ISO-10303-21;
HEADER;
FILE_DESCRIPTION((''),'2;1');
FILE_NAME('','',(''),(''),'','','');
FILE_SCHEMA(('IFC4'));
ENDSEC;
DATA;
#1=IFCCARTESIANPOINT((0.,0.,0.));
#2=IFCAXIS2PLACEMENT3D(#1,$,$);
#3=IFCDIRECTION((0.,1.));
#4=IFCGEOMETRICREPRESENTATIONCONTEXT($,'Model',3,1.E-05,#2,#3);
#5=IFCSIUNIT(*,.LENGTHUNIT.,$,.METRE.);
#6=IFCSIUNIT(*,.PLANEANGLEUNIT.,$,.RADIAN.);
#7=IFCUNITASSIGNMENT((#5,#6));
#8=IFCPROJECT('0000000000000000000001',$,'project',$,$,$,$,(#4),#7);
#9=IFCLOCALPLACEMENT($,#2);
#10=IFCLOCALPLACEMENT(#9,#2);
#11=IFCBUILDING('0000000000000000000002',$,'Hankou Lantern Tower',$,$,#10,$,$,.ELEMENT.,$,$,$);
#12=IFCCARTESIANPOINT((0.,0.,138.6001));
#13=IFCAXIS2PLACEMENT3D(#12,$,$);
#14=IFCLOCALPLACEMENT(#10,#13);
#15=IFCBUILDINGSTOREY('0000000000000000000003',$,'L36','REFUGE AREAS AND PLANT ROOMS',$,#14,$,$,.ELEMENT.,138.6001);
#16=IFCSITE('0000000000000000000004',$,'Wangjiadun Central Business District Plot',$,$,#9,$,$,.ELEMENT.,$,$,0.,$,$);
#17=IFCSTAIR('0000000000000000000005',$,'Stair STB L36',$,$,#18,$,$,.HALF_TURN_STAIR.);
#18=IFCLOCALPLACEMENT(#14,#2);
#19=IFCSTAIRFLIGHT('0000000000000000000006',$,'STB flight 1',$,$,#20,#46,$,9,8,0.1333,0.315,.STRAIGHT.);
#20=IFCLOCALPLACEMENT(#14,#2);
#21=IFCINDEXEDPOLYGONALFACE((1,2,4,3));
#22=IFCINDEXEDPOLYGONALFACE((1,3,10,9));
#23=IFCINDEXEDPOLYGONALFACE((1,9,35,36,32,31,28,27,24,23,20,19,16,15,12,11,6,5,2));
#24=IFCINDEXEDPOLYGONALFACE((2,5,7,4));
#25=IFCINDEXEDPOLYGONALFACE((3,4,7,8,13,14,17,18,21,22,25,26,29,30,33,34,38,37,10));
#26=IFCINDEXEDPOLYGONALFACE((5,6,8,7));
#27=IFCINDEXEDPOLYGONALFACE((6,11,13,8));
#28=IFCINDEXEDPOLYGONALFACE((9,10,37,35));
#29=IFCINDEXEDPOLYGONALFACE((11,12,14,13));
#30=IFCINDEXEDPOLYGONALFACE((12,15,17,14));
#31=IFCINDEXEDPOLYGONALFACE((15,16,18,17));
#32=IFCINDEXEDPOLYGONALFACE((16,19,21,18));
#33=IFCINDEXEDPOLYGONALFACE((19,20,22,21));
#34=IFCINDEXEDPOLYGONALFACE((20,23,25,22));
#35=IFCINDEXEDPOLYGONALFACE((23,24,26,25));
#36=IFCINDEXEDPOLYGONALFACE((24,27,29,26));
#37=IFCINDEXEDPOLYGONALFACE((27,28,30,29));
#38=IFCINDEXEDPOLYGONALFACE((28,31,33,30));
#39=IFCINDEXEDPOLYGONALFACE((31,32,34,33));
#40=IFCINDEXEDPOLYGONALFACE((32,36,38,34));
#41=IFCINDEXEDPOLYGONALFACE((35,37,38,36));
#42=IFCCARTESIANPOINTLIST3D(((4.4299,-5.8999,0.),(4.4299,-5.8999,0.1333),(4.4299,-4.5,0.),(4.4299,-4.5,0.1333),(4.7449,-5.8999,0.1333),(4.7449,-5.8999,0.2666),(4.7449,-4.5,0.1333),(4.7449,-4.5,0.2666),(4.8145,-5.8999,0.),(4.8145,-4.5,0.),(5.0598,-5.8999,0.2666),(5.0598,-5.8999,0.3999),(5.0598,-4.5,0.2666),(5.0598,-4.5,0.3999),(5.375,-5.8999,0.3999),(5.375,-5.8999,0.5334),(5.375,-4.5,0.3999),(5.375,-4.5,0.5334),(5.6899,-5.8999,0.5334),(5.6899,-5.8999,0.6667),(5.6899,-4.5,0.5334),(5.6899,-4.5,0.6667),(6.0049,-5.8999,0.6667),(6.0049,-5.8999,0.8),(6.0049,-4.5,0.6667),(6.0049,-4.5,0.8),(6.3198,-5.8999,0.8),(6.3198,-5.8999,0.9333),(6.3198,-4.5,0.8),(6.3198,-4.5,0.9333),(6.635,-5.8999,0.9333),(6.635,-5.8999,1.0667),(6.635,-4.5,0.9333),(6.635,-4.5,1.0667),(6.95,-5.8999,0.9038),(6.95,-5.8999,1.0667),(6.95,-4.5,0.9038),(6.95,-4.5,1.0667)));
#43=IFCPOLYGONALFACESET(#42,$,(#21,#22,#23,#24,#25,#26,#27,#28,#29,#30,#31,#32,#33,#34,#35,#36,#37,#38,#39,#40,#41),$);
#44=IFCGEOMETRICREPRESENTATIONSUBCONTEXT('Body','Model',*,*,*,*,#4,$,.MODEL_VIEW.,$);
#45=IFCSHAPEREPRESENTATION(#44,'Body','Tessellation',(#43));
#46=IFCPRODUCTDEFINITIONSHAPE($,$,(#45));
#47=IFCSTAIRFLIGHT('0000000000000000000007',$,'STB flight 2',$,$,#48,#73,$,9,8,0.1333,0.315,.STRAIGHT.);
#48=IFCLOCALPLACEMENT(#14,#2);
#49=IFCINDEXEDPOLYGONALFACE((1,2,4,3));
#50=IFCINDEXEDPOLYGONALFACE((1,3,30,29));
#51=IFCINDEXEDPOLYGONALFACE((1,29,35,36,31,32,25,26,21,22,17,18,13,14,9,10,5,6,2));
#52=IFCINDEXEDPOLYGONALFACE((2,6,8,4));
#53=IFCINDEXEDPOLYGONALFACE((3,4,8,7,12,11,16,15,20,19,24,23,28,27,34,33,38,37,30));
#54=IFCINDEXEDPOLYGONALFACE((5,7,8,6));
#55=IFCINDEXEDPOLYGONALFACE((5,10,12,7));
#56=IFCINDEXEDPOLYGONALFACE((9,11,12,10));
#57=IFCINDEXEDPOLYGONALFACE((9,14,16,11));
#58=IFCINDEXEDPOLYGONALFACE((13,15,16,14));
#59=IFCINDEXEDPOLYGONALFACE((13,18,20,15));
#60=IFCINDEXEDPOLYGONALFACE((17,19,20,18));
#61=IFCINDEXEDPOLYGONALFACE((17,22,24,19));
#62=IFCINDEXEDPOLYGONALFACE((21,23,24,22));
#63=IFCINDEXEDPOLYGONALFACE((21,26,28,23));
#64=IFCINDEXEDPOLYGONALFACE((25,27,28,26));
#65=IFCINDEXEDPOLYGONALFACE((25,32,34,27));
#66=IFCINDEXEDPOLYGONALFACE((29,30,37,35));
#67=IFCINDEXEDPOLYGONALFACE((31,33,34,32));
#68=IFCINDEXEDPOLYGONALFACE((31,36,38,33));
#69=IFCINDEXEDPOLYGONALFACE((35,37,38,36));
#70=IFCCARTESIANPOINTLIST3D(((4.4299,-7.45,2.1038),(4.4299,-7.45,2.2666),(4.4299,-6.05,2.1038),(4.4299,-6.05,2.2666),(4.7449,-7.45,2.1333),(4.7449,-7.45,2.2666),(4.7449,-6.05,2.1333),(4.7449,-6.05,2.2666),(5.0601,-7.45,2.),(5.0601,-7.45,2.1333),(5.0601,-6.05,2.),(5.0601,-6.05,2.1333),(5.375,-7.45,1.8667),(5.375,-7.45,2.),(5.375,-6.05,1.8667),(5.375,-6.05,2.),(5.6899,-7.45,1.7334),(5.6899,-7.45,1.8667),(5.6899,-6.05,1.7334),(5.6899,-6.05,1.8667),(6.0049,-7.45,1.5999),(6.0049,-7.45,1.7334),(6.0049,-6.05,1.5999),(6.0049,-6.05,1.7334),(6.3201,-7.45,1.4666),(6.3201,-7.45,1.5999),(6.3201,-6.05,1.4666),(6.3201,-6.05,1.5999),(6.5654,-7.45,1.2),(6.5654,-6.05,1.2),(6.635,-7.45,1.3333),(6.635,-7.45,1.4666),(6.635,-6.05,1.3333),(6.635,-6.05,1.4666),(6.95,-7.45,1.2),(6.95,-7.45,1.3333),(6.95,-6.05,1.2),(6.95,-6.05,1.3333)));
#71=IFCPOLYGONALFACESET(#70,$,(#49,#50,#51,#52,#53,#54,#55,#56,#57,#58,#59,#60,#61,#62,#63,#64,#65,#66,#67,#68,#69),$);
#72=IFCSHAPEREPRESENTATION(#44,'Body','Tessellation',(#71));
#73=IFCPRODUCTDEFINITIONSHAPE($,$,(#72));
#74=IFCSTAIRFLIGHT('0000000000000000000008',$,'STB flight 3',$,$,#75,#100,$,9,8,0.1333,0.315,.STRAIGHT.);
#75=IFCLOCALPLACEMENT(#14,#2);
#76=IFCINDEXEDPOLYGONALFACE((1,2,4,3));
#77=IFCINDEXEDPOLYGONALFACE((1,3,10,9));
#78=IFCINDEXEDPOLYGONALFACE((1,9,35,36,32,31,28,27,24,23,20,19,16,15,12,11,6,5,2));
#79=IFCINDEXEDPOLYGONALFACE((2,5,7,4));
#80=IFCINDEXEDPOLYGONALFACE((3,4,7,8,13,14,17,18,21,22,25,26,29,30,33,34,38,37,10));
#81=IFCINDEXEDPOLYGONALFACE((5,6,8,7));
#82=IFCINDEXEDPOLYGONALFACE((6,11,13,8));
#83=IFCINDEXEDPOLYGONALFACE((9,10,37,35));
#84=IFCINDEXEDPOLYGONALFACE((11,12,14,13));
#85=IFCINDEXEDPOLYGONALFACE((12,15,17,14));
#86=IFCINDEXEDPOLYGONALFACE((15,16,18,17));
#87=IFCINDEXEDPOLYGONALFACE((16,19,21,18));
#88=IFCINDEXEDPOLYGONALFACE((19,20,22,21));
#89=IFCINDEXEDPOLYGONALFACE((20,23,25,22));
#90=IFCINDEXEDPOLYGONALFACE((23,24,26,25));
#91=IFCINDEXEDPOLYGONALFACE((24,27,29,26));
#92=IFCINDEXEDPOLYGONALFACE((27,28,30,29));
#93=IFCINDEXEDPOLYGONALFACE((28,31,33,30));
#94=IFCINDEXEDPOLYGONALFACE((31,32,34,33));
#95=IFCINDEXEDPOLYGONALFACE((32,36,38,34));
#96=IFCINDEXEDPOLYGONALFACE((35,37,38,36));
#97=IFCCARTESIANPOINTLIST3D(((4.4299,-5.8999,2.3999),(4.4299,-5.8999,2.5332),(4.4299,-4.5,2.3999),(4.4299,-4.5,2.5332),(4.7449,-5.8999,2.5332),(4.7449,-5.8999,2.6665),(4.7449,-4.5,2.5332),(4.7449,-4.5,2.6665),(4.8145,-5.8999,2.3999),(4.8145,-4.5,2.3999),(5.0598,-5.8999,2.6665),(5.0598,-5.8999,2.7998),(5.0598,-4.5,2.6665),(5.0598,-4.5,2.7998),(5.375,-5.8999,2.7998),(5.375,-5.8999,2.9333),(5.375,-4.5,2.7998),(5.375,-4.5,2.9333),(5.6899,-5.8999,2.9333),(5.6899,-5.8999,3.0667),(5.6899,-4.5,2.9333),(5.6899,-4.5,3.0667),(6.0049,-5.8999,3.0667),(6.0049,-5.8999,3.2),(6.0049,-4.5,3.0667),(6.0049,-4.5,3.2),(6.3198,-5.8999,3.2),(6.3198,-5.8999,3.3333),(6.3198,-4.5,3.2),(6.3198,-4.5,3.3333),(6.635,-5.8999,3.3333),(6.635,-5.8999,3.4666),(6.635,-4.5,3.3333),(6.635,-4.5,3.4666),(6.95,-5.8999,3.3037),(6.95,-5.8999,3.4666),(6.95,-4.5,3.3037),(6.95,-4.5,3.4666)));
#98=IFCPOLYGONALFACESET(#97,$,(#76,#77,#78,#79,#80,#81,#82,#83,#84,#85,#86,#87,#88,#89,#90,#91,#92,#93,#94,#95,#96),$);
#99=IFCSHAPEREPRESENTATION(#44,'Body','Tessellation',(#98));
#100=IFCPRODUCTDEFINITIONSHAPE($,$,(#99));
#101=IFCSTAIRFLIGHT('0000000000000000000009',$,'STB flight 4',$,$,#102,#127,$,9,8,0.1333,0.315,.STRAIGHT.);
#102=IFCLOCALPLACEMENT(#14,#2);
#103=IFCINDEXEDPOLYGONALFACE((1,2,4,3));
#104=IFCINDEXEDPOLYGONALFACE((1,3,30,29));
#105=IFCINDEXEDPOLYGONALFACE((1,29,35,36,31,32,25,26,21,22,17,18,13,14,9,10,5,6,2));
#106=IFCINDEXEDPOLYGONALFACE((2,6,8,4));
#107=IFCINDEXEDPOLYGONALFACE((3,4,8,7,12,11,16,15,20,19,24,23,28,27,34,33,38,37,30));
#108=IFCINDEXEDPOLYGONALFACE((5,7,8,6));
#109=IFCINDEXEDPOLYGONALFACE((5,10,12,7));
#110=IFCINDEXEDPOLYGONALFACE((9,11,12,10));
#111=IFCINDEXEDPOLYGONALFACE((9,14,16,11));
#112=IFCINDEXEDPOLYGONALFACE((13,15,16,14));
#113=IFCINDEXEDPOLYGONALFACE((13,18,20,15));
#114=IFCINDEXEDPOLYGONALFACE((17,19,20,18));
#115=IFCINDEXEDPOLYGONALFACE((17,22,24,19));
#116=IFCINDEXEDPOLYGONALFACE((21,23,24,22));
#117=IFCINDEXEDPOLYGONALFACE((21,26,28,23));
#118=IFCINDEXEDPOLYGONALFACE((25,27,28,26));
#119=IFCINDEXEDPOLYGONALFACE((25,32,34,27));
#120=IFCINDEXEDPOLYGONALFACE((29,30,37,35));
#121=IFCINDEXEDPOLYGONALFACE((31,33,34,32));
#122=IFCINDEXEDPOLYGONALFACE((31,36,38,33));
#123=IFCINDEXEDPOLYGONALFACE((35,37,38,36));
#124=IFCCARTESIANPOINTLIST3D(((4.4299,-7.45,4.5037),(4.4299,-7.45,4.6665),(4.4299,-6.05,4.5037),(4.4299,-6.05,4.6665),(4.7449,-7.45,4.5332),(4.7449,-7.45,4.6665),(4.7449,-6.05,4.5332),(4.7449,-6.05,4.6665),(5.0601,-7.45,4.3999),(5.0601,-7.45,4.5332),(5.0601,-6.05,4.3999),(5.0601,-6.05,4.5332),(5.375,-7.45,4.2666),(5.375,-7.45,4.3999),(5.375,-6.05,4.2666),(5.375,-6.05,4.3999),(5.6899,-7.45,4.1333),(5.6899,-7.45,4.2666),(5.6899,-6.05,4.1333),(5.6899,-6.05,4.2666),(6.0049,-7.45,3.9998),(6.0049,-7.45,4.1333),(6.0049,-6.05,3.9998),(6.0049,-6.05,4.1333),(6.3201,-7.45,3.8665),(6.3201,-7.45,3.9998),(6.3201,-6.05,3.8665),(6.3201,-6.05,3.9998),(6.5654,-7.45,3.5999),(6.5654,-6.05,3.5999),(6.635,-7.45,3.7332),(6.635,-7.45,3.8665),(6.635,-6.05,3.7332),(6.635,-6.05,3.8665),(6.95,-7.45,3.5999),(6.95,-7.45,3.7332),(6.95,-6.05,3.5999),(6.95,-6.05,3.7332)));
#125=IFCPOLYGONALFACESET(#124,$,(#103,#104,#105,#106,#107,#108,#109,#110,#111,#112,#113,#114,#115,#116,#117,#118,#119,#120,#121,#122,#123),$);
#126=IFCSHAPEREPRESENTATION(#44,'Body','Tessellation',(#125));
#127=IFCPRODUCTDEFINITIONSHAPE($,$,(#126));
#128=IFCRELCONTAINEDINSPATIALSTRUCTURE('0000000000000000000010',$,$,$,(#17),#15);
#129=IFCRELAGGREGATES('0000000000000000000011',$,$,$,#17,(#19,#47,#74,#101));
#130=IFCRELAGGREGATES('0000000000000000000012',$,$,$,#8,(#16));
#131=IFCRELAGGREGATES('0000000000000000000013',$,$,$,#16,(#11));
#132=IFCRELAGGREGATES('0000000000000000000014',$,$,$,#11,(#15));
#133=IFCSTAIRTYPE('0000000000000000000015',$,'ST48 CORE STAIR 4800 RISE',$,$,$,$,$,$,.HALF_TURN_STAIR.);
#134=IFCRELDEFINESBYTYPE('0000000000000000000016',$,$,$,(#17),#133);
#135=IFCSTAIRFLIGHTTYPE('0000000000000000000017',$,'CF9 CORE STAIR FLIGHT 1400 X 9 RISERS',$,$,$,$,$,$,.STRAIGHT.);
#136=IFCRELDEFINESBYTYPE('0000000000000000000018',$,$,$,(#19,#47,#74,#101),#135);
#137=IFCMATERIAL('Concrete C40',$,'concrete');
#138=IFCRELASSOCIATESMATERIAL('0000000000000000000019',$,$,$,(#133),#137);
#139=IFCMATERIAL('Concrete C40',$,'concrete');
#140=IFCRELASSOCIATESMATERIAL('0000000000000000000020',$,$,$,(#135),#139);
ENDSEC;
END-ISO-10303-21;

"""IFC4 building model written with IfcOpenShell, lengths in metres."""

from ifc_helpers import new_model, si_unit, direction, frame, origin, place, context, subcontext, project, spatial, polyline, outline, extrude, material, type_object, element, aggregate, save


model = new_model("IFC4")

# Units and contexts
model_context = context("Model", 3, precision=1e-05, world=origin(), true_north=direction((0.0, 1.0)))
body_context = subcontext(model_context, "Body", "Model", "MODEL_VIEW")
ifc_project = project(units=[si_unit("LENGTHUNIT", "METRE"), si_unit("PLANEANGLEUNIT", "RADIAN")], contexts=[model_context])

# Site, building, storey
site_placement = place(None, origin())
site = spatial("IfcSite", under=ifc_project, at=site_placement, Name="Wangjiadun Central Business District Plot", CompositionType="ELEMENT", RefElevation=0.0)
building_placement = place(site_placement, origin())
building = spatial("IfcBuilding", under=site, at=building_placement, Name="Hankou Lantern Tower", CompositionType="ELEMENT")
storey_placement = place(building_placement, frame((0.0, 0.0, 138.6001)))
storey = spatial("IfcBuildingStorey", under=building, at=storey_placement, Name="L36", Description="REFUGE AREAS AND PLANT ROOMS", CompositionType="ELEMENT", Elevation=138.6001)

# Shared definitions
ifc_material_1 = material(Name="Concrete C40", Category="concrete")
stair_type = type_object("IfcStairType", Name="ST48 CORE STAIR 4800 RISE", PredefinedType="HALF_TURN_STAIR", material=ifc_material_1)

# Stair, stair flights
stair_1_placement = place(storey_placement, origin())
stair_1 = element("IfcStair", 1, at=stair_1_placement, inside=storey, type_object=stair_type, Name="Stair STB L36", PredefinedType="HALF_TURN_STAIR")
ifc_material_2 = material(Name="Concrete C40", Category="concrete")
stair_flight_type = type_object("IfcStairFlightType", Name="CF9 CORE STAIR FLIGHT 1400 X 9 RISERS", PredefinedType="STRAIGHT", material=ifc_material_2)
stair_flight_1_placement = place(storey_placement, frame((4.4299, -5.2, 0.0), z_axis=(0.0, 0.0, 1.0), x_axis=(1.0, 0.0, 0.0)))
stair_flight_1 = element("IfcStairFlight", 2, at=stair_flight_1_placement, type_object=stair_flight_type, Name="STB flight 1", NumberOfRisers=9, NumberOfTreads=8, PredefinedType="STRAIGHT", RiserHeight=0.1333, TreadLength=0.315, context=body_context, shape_type="SweptSolid", body=[
    extrude(outline(polyline([(0.0, 0.0), (0.0, 0.1333), (0.3149, 0.1333), (0.3149, 0.2666), (0.6299, 0.2666), (0.6299, 0.3999), (0.9451, 0.3999), (0.9451, 0.5334), (1.26, 0.5334), (1.26, 0.6667), (1.575, 0.6667), (1.575, 0.8), (1.8899, 0.8), (1.8899, 0.9333), (2.2051, 0.9333), (2.2051, 1.0667), (2.52, 1.0667), (2.52, 1.2), (2.52, 0.9038), (0.3845, 0.0), (0.0, 0.0)])), frame((0.0, 0.7, 0.0), z_axis=(0.0, -1.0, 0.0), x_axis=(1.0, 0.0, 0.0)), (0.0, 0.0, 1.0), 1.3999),
])
stair_flight_2_placement = place(storey_placement, frame((6.95, -6.75, 1.2), z_axis=(0.0, 0.0, 1.0), x_axis=(-1.0, 0.0, 0.0)))
stair_flight_2 = element("IfcStairFlight", 3, at=stair_flight_2_placement, type_object=stair_flight_type, Name="STB flight 2", NumberOfRisers=9, NumberOfTreads=8, PredefinedType="STRAIGHT", RiserHeight=0.1333, TreadLength=0.315, context=body_context, shape_type="SweptSolid", body=[
    extrude(outline(polyline([(0.0, 0.0), (0.0, 0.1333), (0.3149, 0.1333), (0.3149, 0.2666), (0.6299, 0.2666), (0.6299, 0.3999), (0.9451, 0.3999), (0.9451, 0.5334), (1.26, 0.5334), (1.26, 0.6667), (1.575, 0.6667), (1.575, 0.8), (1.8899, 0.8), (1.8899, 0.9333), (2.2051, 0.9333), (2.2051, 1.0667), (2.52, 1.0667), (2.52, 1.2), (2.52, 0.9038), (0.3845, 0.0), (0.0, 0.0)])), frame((0.0, 0.7, 0.0), z_axis=(0.0, -1.0, 0.0), x_axis=(1.0, 0.0, 0.0)), (0.0, 0.0, 1.0), 1.3999),
])
stair_flight_3_placement = place(storey_placement, frame((4.4299, -5.2, 2.3999), z_axis=(0.0, 0.0, 1.0), x_axis=(1.0, 0.0, 0.0)))
stair_flight_3 = element("IfcStairFlight", 4, at=stair_flight_3_placement, type_object=stair_flight_type, Name="STB flight 3", NumberOfRisers=9, NumberOfTreads=8, PredefinedType="STRAIGHT", RiserHeight=0.1333, TreadLength=0.315, context=body_context, shape_type="SweptSolid", body=[
    extrude(outline(polyline([(0.0, 0.0), (0.0, 0.1333), (0.3149, 0.1333), (0.3149, 0.2666), (0.6299, 0.2666), (0.6299, 0.3999), (0.9451, 0.3999), (0.9451, 0.5334), (1.26, 0.5334), (1.26, 0.6667), (1.575, 0.6667), (1.575, 0.8), (1.8899, 0.8), (1.8899, 0.9333), (2.2051, 0.9333), (2.2051, 1.0667), (2.52, 1.0667), (2.52, 1.2), (2.52, 0.9038), (0.3845, 0.0), (0.0, 0.0)])), frame((0.0, 0.7, 0.0), z_axis=(0.0, -1.0, 0.0), x_axis=(1.0, 0.0, 0.0)), (0.0, 0.0, 1.0), 1.3999),
])
stair_flight_4_placement = place(storey_placement, frame((6.95, -6.75, 3.5999), z_axis=(0.0, 0.0, 1.0), x_axis=(-1.0, 0.0, 0.0)))
stair_flight_4 = element("IfcStairFlight", 5, at=stair_flight_4_placement, type_object=stair_flight_type, Name="STB flight 4", NumberOfRisers=9, NumberOfTreads=8, PredefinedType="STRAIGHT", RiserHeight=0.1333, TreadLength=0.315, context=body_context, shape_type="SweptSolid", body=[
    extrude(outline(polyline([(0.0, 0.0), (0.0, 0.1333), (0.3149, 0.1333), (0.3149, 0.2666), (0.6299, 0.2666), (0.6299, 0.3999), (0.9451, 0.3999), (0.9451, 0.5334), (1.26, 0.5334), (1.26, 0.6667), (1.575, 0.6667), (1.575, 0.8), (1.8899, 0.8), (1.8899, 0.9333), (2.2051, 0.9333), (2.2051, 1.0667), (2.52, 1.0667), (2.52, 1.2), (2.52, 0.9038), (0.3845, 0.0), (0.0, 0.0)])), frame((0.0, 0.7, 0.0), z_axis=(0.0, -1.0, 0.0), x_axis=(1.0, 0.0, 0.0)), (0.0, 0.0, 1.0), 1.3999),
])
aggregate(stair_1, [stair_flight_1, stair_flight_2, stair_flight_3, stair_flight_4])

save(model, "model.ifc")
